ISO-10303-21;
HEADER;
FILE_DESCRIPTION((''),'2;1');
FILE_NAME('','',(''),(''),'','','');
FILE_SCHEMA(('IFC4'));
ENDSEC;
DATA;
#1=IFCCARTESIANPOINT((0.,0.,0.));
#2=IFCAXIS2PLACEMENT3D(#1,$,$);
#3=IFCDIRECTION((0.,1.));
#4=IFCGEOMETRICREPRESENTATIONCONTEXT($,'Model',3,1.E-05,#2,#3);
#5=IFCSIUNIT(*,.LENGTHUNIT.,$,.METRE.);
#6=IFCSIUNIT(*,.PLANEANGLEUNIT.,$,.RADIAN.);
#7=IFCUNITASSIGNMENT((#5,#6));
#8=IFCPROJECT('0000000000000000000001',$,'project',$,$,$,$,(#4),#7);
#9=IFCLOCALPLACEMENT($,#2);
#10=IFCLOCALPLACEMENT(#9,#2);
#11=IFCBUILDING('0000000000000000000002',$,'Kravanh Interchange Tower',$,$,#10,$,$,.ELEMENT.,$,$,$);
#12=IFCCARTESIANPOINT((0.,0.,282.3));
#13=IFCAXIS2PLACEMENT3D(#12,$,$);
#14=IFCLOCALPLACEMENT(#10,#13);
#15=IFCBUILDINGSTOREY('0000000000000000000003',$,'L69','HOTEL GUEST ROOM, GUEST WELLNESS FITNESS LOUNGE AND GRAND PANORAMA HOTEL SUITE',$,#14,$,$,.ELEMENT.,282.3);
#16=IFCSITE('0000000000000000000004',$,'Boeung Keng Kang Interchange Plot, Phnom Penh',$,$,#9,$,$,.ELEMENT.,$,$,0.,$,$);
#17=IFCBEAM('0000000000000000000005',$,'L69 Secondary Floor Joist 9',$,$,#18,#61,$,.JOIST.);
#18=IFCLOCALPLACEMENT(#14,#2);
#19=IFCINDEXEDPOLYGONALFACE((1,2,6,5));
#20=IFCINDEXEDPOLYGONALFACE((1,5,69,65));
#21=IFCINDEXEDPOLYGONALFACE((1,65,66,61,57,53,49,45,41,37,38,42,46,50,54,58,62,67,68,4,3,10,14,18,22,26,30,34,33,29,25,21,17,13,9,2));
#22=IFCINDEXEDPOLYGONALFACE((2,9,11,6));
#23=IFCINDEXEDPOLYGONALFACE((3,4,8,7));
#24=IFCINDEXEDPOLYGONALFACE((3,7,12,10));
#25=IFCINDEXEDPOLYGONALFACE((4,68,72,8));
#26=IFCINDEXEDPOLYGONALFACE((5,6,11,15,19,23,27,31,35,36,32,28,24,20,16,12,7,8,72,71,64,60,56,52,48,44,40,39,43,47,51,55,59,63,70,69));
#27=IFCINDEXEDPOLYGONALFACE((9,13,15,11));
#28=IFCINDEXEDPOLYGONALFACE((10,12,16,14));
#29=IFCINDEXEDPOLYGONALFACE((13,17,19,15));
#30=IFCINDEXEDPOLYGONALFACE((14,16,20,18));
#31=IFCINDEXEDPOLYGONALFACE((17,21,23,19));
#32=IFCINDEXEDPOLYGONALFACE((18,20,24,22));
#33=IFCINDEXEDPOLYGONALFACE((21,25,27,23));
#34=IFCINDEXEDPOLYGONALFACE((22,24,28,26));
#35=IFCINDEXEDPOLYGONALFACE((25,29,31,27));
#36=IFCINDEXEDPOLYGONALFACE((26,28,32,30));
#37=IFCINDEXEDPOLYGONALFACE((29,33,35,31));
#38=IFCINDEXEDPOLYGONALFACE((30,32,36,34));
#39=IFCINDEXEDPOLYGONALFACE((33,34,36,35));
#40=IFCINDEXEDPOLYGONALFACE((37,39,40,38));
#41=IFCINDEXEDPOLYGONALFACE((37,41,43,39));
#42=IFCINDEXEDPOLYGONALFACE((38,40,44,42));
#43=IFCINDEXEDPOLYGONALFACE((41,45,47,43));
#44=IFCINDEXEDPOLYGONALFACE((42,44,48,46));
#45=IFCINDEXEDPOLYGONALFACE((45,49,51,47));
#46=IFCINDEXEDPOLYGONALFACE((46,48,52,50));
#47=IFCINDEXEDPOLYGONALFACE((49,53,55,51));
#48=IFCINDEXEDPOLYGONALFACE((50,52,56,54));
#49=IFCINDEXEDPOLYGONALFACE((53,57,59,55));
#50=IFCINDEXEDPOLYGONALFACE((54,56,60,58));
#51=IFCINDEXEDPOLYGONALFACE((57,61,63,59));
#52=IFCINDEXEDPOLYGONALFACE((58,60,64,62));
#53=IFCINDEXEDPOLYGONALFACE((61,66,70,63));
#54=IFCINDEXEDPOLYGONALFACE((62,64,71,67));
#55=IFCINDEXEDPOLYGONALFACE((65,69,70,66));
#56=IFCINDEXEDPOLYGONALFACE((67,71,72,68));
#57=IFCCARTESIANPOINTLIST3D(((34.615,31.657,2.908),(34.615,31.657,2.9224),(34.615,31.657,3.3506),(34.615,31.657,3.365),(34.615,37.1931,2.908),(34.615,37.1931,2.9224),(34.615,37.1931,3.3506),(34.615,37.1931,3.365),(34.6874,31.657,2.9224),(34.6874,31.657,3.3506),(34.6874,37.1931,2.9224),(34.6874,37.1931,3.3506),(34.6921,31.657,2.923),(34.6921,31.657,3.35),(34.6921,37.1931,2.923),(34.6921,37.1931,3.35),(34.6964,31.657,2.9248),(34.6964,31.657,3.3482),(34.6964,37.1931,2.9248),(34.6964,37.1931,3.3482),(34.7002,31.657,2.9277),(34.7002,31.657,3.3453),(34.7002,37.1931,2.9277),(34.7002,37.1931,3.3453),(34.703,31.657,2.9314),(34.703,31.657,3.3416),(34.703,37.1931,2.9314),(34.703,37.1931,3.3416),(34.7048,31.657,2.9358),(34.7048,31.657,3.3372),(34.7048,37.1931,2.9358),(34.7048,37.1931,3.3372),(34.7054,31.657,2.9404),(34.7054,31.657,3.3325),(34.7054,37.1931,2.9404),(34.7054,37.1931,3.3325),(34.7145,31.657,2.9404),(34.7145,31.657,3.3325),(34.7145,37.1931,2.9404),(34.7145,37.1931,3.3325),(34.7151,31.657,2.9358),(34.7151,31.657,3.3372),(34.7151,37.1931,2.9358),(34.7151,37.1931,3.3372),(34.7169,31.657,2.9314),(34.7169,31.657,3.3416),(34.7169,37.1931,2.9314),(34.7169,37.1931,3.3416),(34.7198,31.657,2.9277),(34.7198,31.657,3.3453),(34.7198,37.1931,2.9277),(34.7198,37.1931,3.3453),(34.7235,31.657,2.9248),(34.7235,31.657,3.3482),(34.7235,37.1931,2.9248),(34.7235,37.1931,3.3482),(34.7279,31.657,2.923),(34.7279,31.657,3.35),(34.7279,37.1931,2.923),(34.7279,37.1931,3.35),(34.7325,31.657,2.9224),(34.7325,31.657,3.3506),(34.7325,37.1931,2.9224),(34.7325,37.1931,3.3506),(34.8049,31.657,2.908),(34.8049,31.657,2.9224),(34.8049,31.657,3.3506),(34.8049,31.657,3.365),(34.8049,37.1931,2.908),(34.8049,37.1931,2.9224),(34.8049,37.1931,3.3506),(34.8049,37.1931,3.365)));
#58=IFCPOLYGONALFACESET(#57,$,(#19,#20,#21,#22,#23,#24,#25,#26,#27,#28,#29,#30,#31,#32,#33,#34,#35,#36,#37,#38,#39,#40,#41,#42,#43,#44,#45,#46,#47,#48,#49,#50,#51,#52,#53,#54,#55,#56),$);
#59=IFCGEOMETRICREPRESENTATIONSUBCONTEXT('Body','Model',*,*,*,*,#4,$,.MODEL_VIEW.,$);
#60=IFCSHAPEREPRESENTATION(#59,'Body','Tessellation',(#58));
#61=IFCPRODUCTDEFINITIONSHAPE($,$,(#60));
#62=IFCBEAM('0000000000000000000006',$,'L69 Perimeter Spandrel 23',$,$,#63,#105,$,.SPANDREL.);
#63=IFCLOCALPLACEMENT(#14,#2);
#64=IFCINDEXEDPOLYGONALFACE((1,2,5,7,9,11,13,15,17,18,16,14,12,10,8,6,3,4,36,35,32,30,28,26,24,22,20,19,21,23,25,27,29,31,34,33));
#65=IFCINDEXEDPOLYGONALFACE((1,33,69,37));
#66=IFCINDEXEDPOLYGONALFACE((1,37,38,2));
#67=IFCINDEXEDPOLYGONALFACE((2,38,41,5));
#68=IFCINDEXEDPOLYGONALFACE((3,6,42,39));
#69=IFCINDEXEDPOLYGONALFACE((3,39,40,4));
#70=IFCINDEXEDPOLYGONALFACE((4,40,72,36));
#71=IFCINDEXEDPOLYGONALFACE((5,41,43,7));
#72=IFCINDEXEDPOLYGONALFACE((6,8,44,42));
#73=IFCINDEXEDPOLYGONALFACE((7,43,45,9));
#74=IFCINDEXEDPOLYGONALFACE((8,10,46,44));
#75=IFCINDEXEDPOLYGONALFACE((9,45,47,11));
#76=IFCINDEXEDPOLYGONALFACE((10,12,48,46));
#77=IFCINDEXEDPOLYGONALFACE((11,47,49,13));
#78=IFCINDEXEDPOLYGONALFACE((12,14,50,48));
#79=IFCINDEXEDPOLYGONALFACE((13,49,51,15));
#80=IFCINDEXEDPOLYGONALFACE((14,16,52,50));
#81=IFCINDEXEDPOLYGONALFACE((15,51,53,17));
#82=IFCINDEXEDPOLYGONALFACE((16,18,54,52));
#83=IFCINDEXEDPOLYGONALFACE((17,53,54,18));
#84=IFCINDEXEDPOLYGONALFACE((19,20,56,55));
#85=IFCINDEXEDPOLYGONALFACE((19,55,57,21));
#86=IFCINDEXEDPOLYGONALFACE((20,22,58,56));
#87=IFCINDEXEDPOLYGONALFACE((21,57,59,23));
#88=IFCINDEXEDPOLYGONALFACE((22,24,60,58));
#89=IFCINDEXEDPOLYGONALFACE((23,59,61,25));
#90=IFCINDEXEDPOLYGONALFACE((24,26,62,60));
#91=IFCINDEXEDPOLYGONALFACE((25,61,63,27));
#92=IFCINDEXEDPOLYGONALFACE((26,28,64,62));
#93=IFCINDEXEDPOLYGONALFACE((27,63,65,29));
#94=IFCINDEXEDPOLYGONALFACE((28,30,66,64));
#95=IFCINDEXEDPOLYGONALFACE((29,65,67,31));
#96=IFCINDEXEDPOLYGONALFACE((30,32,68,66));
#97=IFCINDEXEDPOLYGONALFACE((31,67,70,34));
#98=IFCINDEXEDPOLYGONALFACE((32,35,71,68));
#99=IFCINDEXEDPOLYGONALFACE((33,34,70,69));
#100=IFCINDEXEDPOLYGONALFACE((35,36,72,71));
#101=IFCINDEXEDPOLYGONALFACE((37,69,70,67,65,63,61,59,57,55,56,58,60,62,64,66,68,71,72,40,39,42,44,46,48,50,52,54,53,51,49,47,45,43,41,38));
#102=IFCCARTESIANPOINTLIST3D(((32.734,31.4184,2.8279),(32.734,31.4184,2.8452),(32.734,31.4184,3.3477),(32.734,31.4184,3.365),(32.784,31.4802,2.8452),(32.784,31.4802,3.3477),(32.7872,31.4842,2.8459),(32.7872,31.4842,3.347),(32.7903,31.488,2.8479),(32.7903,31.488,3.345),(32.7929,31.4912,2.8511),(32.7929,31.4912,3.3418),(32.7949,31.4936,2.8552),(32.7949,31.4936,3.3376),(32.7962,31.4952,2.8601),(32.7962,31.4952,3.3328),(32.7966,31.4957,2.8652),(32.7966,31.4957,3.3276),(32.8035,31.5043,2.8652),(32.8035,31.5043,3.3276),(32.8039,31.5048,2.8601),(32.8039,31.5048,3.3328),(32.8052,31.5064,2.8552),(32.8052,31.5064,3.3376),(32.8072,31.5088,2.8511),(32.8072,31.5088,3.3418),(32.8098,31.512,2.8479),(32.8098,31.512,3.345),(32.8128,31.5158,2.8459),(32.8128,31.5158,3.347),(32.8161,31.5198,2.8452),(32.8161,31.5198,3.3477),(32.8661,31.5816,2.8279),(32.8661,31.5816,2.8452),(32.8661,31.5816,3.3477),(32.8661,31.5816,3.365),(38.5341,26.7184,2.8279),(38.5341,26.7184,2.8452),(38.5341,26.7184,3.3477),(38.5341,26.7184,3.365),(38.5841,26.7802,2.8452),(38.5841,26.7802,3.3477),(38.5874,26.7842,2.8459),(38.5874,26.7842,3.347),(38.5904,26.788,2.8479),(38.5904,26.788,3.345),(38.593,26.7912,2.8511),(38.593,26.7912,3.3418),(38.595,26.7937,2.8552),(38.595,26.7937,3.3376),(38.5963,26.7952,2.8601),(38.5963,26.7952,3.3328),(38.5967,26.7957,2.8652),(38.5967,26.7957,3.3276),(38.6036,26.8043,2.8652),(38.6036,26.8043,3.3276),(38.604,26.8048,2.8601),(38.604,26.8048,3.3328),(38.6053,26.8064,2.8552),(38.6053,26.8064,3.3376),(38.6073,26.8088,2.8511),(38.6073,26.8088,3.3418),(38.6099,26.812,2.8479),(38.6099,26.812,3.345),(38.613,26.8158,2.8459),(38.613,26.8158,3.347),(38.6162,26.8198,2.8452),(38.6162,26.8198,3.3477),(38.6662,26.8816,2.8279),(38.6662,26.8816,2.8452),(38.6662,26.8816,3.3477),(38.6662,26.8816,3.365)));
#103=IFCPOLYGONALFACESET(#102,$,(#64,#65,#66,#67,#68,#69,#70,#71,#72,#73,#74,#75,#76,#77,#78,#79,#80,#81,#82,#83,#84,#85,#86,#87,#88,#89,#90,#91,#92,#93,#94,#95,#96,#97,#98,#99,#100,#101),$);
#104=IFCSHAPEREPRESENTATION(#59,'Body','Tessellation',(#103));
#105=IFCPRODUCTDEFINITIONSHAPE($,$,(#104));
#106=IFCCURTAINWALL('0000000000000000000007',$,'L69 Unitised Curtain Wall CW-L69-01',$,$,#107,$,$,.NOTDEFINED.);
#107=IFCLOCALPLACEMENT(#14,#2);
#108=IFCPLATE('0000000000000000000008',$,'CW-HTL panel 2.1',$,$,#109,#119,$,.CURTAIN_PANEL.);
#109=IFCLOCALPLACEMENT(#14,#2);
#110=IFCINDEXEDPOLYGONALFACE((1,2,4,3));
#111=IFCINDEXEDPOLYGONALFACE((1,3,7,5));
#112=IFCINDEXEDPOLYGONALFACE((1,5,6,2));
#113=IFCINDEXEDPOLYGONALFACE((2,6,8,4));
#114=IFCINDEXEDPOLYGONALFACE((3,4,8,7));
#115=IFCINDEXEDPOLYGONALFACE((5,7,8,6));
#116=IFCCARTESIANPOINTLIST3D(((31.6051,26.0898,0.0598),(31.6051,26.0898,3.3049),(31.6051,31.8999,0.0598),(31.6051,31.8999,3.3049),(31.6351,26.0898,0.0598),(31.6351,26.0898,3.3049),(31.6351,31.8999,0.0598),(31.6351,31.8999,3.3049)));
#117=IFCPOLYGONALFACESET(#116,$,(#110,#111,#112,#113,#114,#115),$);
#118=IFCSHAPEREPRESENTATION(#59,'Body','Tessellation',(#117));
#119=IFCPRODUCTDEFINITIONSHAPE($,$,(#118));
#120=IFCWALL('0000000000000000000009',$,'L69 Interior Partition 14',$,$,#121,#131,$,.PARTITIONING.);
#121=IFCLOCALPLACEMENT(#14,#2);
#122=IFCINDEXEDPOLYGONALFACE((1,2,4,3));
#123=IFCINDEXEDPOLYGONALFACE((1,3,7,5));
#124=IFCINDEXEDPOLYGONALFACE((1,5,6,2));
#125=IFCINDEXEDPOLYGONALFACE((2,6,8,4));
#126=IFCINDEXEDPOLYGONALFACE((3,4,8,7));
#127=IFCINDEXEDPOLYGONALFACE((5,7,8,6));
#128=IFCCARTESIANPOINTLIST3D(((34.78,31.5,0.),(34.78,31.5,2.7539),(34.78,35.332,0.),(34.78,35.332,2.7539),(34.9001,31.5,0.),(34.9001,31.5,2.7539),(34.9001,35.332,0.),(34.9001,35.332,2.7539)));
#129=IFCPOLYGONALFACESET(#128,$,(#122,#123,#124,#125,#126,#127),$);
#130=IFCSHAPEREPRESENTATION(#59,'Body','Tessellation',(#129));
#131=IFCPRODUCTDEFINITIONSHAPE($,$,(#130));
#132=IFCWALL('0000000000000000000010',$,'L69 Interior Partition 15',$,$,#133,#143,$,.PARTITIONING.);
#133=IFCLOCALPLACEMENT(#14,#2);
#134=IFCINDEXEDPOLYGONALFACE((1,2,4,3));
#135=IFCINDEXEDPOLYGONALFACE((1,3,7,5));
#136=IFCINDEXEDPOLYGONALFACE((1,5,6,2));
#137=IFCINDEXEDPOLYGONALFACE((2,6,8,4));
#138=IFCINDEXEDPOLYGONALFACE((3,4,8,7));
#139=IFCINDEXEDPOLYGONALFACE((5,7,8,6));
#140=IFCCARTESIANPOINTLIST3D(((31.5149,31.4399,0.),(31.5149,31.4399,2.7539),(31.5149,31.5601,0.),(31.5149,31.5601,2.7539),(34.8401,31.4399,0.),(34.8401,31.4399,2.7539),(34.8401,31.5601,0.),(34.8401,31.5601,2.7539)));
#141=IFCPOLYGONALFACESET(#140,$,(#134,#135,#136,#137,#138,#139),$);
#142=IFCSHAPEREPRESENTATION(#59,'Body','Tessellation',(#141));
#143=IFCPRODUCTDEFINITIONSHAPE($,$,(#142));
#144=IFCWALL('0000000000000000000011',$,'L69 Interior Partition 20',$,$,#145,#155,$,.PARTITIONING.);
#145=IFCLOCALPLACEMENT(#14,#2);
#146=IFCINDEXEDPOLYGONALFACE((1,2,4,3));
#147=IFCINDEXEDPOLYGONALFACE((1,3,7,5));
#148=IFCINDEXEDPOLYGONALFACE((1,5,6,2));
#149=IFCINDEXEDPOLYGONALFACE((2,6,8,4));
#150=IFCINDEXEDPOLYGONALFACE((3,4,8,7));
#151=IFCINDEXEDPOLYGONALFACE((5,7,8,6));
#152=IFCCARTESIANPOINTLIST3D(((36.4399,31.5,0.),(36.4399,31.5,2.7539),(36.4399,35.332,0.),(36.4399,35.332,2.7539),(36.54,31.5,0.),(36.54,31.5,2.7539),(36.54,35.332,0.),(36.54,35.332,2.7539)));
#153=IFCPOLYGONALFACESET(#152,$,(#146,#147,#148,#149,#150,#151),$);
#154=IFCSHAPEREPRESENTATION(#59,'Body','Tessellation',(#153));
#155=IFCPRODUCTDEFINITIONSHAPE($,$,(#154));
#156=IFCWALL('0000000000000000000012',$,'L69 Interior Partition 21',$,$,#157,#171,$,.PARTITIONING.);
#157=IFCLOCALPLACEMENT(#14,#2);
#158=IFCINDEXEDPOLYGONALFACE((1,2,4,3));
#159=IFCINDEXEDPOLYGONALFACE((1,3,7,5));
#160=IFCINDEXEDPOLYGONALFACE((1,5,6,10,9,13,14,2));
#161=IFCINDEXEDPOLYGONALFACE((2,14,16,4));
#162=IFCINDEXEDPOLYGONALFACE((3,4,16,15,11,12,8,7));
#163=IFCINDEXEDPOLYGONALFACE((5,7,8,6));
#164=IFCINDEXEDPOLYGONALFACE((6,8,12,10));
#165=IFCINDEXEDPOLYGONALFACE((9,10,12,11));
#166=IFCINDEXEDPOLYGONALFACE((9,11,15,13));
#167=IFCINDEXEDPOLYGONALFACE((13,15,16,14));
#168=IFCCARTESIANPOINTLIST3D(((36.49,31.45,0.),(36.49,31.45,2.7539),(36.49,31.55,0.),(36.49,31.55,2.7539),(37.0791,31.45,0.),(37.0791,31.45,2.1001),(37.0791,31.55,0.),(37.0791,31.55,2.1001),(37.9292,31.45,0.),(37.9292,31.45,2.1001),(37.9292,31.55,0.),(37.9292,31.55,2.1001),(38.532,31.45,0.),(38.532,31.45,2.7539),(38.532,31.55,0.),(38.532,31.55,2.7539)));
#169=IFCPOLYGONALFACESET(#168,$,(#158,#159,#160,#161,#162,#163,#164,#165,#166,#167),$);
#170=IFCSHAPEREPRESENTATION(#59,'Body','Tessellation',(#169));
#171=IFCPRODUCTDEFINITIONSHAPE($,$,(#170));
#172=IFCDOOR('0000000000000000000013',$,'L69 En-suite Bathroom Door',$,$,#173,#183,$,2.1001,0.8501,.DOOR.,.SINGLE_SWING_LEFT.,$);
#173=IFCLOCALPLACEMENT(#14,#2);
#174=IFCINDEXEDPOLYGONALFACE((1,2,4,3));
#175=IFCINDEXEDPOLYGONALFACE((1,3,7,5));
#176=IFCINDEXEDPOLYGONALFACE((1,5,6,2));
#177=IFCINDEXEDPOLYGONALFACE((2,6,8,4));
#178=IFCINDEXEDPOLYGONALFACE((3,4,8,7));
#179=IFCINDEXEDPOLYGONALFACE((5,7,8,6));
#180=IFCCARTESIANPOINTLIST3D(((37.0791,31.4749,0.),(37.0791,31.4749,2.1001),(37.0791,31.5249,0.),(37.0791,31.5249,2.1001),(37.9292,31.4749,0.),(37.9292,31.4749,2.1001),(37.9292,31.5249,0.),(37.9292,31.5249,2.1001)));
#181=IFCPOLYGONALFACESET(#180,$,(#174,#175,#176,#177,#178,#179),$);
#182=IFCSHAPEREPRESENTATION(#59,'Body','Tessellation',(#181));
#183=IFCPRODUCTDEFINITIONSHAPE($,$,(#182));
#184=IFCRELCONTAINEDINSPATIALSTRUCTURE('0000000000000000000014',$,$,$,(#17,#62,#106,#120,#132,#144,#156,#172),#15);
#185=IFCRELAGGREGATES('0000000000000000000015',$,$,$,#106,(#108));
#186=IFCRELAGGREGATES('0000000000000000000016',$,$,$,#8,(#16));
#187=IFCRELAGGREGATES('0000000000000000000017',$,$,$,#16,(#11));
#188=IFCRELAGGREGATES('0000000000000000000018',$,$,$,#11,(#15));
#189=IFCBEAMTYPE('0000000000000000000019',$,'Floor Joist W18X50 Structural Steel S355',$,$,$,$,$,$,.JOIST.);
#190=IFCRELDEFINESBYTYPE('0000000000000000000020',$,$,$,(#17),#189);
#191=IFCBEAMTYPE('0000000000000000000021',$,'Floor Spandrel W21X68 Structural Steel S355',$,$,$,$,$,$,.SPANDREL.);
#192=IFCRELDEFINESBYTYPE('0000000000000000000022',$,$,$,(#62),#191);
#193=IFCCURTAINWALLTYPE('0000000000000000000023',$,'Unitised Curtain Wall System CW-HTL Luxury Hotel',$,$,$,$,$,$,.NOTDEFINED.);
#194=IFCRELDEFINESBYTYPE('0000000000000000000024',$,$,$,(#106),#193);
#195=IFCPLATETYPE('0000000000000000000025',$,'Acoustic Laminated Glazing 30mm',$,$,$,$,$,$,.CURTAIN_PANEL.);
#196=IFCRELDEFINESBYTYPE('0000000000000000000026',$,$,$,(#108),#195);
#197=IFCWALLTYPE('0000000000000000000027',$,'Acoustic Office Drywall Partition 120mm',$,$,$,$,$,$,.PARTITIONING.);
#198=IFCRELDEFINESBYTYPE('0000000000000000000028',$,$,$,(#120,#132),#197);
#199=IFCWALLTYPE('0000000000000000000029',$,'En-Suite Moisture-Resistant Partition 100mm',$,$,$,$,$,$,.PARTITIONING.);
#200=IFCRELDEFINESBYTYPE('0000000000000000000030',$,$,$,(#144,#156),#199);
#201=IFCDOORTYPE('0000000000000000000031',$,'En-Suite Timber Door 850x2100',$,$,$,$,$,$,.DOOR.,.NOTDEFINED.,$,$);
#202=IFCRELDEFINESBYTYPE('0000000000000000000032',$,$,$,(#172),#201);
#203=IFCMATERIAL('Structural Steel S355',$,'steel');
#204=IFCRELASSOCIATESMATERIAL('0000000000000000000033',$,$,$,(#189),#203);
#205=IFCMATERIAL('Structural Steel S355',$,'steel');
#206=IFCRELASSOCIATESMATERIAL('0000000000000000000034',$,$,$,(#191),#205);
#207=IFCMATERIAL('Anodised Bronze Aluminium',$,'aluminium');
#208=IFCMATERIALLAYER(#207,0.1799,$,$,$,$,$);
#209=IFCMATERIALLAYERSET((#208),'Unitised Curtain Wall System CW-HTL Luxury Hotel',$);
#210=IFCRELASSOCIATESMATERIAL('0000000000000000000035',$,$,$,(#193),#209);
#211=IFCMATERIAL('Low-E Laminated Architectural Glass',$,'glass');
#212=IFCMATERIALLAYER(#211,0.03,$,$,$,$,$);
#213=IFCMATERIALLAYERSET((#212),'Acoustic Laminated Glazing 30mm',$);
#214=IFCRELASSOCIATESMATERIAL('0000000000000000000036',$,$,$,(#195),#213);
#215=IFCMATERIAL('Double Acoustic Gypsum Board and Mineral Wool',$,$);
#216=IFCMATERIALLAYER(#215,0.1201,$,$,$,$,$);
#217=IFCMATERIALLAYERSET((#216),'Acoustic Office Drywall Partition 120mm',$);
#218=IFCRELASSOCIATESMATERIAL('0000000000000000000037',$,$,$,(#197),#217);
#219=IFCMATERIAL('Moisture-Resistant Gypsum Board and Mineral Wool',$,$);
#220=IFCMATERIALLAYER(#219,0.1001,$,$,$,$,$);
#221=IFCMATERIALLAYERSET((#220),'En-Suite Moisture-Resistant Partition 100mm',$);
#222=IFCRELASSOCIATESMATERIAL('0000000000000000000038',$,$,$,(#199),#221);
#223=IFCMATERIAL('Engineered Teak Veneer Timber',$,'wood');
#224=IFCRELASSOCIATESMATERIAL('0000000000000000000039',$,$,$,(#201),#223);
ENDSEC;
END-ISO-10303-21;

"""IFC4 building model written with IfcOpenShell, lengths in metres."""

from ifc_helpers import new_model, si_unit, direction, frame, frame_2d, origin, origin_2d, place, context, subcontext, project, spatial, rectangle, i_section, extrude, material, layer, layer_set, material_profile, profile_set, type_object, element, fill, aggregate, save


model = new_model("IFC4")

# Units and contexts
model_context = context("Model", 3, precision=1e-05, world=origin(), true_north=direction((0.0, 1.0)))
body_context = subcontext(model_context, "Body", "Model", "MODEL_VIEW")
ifc_project = project(units=[si_unit("LENGTHUNIT", "METRE"), si_unit("PLANEANGLEUNIT", "RADIAN")], contexts=[model_context])

# Site, building, storey
site_placement = place(None, origin())
site = spatial("IfcSite", under=ifc_project, at=site_placement, Name="Boeung Keng Kang Interchange Plot, Phnom Penh", CompositionType="ELEMENT", RefElevation=0.0)
building_placement = place(site_placement, origin())
building = spatial("IfcBuilding", under=site, at=building_placement, Name="Kravanh Interchange Tower", CompositionType="ELEMENT")
storey_placement = place(building_placement, frame((0.0, 0.0, 282.3)))
storey = spatial("IfcBuildingStorey", under=building, at=storey_placement, Name="L69", Description="HOTEL GUEST ROOM, GUEST WELLNESS FITNESS LOUNGE AND GRAND PANORAMA HOTEL SUITE", CompositionType="ELEMENT", Elevation=282.3)

# Beams
ifc_material_1 = material(Name="Structural Steel S355", Category="steel")
ifc_material_profile_1 = material_profile(ifc_material_1, i_section(OverallWidth=0.1899, OverallDepth=0.457, WebThickness=0.009, FlangeThickness=0.0144, FilletRadius=0.0181, at=origin_2d()), Name="W18X50")
ifc_profile_set_1 = profile_set([ifc_material_profile_1], Name="Structural Steel S355")
beam_type_1 = type_object("IfcBeamType", Name="Floor Joist W18X50 Structural Steel S355", PredefinedType="JOIST", material=ifc_profile_set_1)
beam_1_placement = place(storey_placement, frame((34.71, 31.657, 3.1365), z_axis=(0.0, 1.0, 0.0), x_axis=(-1.0, 0.0, 0.0)))
element("IfcBeam", 1, at=beam_1_placement, inside=storey, type_object=beam_type_1, Name="L69 Secondary Floor Joist 9", PredefinedType="JOIST", context=body_context, shape_type="SweptSolid", body=[
    extrude(i_section(OverallWidth=0.1899, OverallDepth=0.457, WebThickness=0.009, FlangeThickness=0.0144, FilletRadius=0.0181, at=origin_2d()), origin(), (0.0, 0.0, 1.0), 5.5361),
])
ifc_material_2 = material(Name="Structural Steel S355", Category="steel")
ifc_material_profile_2 = material_profile(ifc_material_2, i_section(OverallWidth=0.21, OverallDepth=0.5371, WebThickness=0.011, FlangeThickness=0.0173, FilletRadius=0.02, at=origin_2d()), Name="W21X68")
ifc_profile_set_2 = profile_set([ifc_material_profile_2], Name="Structural Steel S355")
beam_type_2 = type_object("IfcBeamType", Name="Floor Spandrel W21X68 Structural Steel S355", PredefinedType="SPANDREL", material=ifc_profile_set_2)
beam_2_placement = place(storey_placement, frame((32.8, 31.5, 3.0964), z_axis=(0.776939, -0.629576, 0.0), x_axis=(0.629576, 0.776939, 0.0)))
element("IfcBeam", 2, at=beam_2_placement, inside=storey, type_object=beam_type_2, Name="L69 Perimeter Spandrel 23", PredefinedType="SPANDREL", context=body_context, shape_type="SweptSolid", body=[
    extrude(i_section(OverallWidth=0.21, OverallDepth=0.5371, WebThickness=0.011, FlangeThickness=0.0173, FilletRadius=0.02, at=origin_2d()), origin(), (0.0, 0.0, 1.0), 7.4653),
])

# Curtain wall, plate
ifc_material_3 = material(Name="Anodised Bronze Aluminium", Category="aluminium")
ifc_layer_1 = layer(ifc_material_3, 0.1799)
ifc_layer_set_1 = layer_set([ifc_layer_1], Name="Unitised Curtain Wall System CW-HTL Luxury Hotel")
curtain_wall_type = type_object("IfcCurtainWallType", Name="Unitised Curtain Wall System CW-HTL Luxury Hotel", PredefinedType="NOTDEFINED", material=ifc_layer_set_1)
curtain_wall_placement = place(storey_placement, origin())
curtain_wall = element("IfcCurtainWall", 3, at=curtain_wall_placement, inside=storey, type_object=curtain_wall_type, Name="L69 Unitised Curtain Wall CW-L69-01", PredefinedType="NOTDEFINED")
ifc_material_4 = material(Name="Low-E Laminated Architectural Glass", Category="glass")
ifc_layer_2 = layer(ifc_material_4, 0.03)
ifc_layer_set_2 = layer_set([ifc_layer_2], Name="Acoustic Laminated Glazing 30mm")
plate_type = type_object("IfcPlateType", Name="Acoustic Laminated Glazing 30mm", PredefinedType="CURTAIN_PANEL", material=ifc_layer_set_2)
plate_placement = place(storey_placement, frame((31.6201, 28.9949, 0.0598), z_axis=(0.0, 0.0, 1.0), x_axis=(0.0, 1.0, 0.0)))
plate = element("IfcPlate", 4, at=plate_placement, type_object=plate_type, Name="CW-HTL panel 2.1", PredefinedType="CURTAIN_PANEL", context=body_context, shape_type="SweptSolid", body=[
    extrude(rectangle(XDim=5.8101, YDim=0.03, at=origin_2d()), origin(), (0.0, 0.0, 1.0), 3.2451),
])
aggregate(curtain_wall, [plate])

# Walls
ifc_material_5 = material(Name="Double Acoustic Gypsum Board and Mineral Wool")
ifc_layer_3 = layer(ifc_material_5, 0.1201)
ifc_layer_set_3 = layer_set([ifc_layer_3], Name="Acoustic Office Drywall Partition 120mm")
wall_type_1 = type_object("IfcWallType", Name="Acoustic Office Drywall Partition 120mm", PredefinedType="PARTITIONING", material=ifc_layer_set_3)
wall_1_placement = place(storey_placement, frame((34.8401, 31.5, 0.0), z_axis=(0.0, 0.0, 1.0), x_axis=(0.0, 1.0, 0.0)))
element("IfcWall", 5, at=wall_1_placement, inside=storey, type_object=wall_type_1, Name="L69 Interior Partition 14", PredefinedType="PARTITIONING", context=body_context, shape_type="SweptSolid", body=[
    extrude(rectangle(XDim=3.832, YDim=0.1201, at=frame_2d((1.916, 0.0))), origin(), (0.0, 0.0, 1.0), 2.7539),
])
wall_2_placement = place(storey_placement, frame((31.5149, 31.5, 0.0), z_axis=(0.0, 0.0, 1.0), x_axis=(1.0, 0.0, 0.0)))
element("IfcWall", 6, at=wall_2_placement, inside=storey, type_object=wall_type_1, Name="L69 Interior Partition 15", PredefinedType="PARTITIONING", context=body_context, shape_type="SweptSolid", body=[
    extrude(rectangle(XDim=3.3252, YDim=0.1201, at=frame_2d((1.6626, 0.0))), origin(), (0.0, 0.0, 1.0), 2.7539),
])
ifc_material_6 = material(Name="Moisture-Resistant Gypsum Board and Mineral Wool")
ifc_layer_4 = layer(ifc_material_6, 0.1001)
ifc_layer_set_4 = layer_set([ifc_layer_4], Name="En-Suite Moisture-Resistant Partition 100mm")
wall_type_2 = type_object("IfcWallType", Name="En-Suite Moisture-Resistant Partition 100mm", PredefinedType="PARTITIONING", material=ifc_layer_set_4)
wall_3_placement = place(storey_placement, frame((36.49, 31.5, 0.0), z_axis=(0.0, 0.0, 1.0), x_axis=(0.0, 1.0, 0.0)))
element("IfcWall", 7, at=wall_3_placement, inside=storey, type_object=wall_type_2, Name="L69 Interior Partition 20", PredefinedType="PARTITIONING", context=body_context, shape_type="SweptSolid", body=[
    extrude(rectangle(XDim=3.832, YDim=0.1001, at=frame_2d((1.916, 0.0))), origin(), (0.0, 0.0, 1.0), 2.7539),
])

# Wall, opening, door
wall_4_placement = place(storey_placement, frame((36.49, 31.5, 0.0), z_axis=(0.0, 0.0, 1.0), x_axis=(1.0, 0.0, 0.0)))
wall_4 = element("IfcWall", 8, at=wall_4_placement, inside=storey, type_object=wall_type_2, Name="L69 Interior Partition 21", PredefinedType="PARTITIONING", context=body_context, shape_type="SweptSolid", body=[
    extrude(rectangle(XDim=2.042, YDim=0.1001, at=frame_2d((1.021, 0.0))), origin(), (0.0, 0.0, 1.0), 2.7539),
])
opening_placement = place(wall_4_placement, frame((0.5891, 0.0, 0.0)))
opening = element("IfcOpeningElement", 9, at=opening_placement, cuts=wall_4, PredefinedType="OPENING", context=body_context, shape_type="SweptSolid", body=[
    extrude(rectangle(XDim=0.8501, YDim=2.1001, at=frame_2d((0.425, 1.05))), frame((0.0, 0.0601, 0.0), z_axis=(0.0, -1.0, 0.0), x_axis=(1.0, 0.0, 0.0)), (0.0, 0.0, 1.0), 0.1201),
])
ifc_material_7 = material(Name="Engineered Teak Veneer Timber", Category="wood")
door_type = type_object("IfcDoorType", Name="En-Suite Timber Door 850x2100", OperationType="NOTDEFINED", PredefinedType="DOOR", material=ifc_material_7)
door_placement = place(opening_placement, origin())
door = element("IfcDoor", 10, at=door_placement, inside=storey, type_object=door_type, Name="L69 En-suite Bathroom Door", OperationType="SINGLE_SWING_LEFT", OverallHeight=2.1001, OverallWidth=0.8501, PredefinedType="DOOR", context=body_context, shape_type="SweptSolid", body=[
    extrude(rectangle(XDim=0.8501, YDim=2.1001, at=frame_2d((0.425, 1.05))), frame((0.0, 0.0249, 0.0), z_axis=(0.0, -1.0, 0.0), x_axis=(1.0, 0.0, 0.0)), (0.0, 0.0, 1.0), 0.05),
])
fill(opening, door)

save(model, "model.ifc")
